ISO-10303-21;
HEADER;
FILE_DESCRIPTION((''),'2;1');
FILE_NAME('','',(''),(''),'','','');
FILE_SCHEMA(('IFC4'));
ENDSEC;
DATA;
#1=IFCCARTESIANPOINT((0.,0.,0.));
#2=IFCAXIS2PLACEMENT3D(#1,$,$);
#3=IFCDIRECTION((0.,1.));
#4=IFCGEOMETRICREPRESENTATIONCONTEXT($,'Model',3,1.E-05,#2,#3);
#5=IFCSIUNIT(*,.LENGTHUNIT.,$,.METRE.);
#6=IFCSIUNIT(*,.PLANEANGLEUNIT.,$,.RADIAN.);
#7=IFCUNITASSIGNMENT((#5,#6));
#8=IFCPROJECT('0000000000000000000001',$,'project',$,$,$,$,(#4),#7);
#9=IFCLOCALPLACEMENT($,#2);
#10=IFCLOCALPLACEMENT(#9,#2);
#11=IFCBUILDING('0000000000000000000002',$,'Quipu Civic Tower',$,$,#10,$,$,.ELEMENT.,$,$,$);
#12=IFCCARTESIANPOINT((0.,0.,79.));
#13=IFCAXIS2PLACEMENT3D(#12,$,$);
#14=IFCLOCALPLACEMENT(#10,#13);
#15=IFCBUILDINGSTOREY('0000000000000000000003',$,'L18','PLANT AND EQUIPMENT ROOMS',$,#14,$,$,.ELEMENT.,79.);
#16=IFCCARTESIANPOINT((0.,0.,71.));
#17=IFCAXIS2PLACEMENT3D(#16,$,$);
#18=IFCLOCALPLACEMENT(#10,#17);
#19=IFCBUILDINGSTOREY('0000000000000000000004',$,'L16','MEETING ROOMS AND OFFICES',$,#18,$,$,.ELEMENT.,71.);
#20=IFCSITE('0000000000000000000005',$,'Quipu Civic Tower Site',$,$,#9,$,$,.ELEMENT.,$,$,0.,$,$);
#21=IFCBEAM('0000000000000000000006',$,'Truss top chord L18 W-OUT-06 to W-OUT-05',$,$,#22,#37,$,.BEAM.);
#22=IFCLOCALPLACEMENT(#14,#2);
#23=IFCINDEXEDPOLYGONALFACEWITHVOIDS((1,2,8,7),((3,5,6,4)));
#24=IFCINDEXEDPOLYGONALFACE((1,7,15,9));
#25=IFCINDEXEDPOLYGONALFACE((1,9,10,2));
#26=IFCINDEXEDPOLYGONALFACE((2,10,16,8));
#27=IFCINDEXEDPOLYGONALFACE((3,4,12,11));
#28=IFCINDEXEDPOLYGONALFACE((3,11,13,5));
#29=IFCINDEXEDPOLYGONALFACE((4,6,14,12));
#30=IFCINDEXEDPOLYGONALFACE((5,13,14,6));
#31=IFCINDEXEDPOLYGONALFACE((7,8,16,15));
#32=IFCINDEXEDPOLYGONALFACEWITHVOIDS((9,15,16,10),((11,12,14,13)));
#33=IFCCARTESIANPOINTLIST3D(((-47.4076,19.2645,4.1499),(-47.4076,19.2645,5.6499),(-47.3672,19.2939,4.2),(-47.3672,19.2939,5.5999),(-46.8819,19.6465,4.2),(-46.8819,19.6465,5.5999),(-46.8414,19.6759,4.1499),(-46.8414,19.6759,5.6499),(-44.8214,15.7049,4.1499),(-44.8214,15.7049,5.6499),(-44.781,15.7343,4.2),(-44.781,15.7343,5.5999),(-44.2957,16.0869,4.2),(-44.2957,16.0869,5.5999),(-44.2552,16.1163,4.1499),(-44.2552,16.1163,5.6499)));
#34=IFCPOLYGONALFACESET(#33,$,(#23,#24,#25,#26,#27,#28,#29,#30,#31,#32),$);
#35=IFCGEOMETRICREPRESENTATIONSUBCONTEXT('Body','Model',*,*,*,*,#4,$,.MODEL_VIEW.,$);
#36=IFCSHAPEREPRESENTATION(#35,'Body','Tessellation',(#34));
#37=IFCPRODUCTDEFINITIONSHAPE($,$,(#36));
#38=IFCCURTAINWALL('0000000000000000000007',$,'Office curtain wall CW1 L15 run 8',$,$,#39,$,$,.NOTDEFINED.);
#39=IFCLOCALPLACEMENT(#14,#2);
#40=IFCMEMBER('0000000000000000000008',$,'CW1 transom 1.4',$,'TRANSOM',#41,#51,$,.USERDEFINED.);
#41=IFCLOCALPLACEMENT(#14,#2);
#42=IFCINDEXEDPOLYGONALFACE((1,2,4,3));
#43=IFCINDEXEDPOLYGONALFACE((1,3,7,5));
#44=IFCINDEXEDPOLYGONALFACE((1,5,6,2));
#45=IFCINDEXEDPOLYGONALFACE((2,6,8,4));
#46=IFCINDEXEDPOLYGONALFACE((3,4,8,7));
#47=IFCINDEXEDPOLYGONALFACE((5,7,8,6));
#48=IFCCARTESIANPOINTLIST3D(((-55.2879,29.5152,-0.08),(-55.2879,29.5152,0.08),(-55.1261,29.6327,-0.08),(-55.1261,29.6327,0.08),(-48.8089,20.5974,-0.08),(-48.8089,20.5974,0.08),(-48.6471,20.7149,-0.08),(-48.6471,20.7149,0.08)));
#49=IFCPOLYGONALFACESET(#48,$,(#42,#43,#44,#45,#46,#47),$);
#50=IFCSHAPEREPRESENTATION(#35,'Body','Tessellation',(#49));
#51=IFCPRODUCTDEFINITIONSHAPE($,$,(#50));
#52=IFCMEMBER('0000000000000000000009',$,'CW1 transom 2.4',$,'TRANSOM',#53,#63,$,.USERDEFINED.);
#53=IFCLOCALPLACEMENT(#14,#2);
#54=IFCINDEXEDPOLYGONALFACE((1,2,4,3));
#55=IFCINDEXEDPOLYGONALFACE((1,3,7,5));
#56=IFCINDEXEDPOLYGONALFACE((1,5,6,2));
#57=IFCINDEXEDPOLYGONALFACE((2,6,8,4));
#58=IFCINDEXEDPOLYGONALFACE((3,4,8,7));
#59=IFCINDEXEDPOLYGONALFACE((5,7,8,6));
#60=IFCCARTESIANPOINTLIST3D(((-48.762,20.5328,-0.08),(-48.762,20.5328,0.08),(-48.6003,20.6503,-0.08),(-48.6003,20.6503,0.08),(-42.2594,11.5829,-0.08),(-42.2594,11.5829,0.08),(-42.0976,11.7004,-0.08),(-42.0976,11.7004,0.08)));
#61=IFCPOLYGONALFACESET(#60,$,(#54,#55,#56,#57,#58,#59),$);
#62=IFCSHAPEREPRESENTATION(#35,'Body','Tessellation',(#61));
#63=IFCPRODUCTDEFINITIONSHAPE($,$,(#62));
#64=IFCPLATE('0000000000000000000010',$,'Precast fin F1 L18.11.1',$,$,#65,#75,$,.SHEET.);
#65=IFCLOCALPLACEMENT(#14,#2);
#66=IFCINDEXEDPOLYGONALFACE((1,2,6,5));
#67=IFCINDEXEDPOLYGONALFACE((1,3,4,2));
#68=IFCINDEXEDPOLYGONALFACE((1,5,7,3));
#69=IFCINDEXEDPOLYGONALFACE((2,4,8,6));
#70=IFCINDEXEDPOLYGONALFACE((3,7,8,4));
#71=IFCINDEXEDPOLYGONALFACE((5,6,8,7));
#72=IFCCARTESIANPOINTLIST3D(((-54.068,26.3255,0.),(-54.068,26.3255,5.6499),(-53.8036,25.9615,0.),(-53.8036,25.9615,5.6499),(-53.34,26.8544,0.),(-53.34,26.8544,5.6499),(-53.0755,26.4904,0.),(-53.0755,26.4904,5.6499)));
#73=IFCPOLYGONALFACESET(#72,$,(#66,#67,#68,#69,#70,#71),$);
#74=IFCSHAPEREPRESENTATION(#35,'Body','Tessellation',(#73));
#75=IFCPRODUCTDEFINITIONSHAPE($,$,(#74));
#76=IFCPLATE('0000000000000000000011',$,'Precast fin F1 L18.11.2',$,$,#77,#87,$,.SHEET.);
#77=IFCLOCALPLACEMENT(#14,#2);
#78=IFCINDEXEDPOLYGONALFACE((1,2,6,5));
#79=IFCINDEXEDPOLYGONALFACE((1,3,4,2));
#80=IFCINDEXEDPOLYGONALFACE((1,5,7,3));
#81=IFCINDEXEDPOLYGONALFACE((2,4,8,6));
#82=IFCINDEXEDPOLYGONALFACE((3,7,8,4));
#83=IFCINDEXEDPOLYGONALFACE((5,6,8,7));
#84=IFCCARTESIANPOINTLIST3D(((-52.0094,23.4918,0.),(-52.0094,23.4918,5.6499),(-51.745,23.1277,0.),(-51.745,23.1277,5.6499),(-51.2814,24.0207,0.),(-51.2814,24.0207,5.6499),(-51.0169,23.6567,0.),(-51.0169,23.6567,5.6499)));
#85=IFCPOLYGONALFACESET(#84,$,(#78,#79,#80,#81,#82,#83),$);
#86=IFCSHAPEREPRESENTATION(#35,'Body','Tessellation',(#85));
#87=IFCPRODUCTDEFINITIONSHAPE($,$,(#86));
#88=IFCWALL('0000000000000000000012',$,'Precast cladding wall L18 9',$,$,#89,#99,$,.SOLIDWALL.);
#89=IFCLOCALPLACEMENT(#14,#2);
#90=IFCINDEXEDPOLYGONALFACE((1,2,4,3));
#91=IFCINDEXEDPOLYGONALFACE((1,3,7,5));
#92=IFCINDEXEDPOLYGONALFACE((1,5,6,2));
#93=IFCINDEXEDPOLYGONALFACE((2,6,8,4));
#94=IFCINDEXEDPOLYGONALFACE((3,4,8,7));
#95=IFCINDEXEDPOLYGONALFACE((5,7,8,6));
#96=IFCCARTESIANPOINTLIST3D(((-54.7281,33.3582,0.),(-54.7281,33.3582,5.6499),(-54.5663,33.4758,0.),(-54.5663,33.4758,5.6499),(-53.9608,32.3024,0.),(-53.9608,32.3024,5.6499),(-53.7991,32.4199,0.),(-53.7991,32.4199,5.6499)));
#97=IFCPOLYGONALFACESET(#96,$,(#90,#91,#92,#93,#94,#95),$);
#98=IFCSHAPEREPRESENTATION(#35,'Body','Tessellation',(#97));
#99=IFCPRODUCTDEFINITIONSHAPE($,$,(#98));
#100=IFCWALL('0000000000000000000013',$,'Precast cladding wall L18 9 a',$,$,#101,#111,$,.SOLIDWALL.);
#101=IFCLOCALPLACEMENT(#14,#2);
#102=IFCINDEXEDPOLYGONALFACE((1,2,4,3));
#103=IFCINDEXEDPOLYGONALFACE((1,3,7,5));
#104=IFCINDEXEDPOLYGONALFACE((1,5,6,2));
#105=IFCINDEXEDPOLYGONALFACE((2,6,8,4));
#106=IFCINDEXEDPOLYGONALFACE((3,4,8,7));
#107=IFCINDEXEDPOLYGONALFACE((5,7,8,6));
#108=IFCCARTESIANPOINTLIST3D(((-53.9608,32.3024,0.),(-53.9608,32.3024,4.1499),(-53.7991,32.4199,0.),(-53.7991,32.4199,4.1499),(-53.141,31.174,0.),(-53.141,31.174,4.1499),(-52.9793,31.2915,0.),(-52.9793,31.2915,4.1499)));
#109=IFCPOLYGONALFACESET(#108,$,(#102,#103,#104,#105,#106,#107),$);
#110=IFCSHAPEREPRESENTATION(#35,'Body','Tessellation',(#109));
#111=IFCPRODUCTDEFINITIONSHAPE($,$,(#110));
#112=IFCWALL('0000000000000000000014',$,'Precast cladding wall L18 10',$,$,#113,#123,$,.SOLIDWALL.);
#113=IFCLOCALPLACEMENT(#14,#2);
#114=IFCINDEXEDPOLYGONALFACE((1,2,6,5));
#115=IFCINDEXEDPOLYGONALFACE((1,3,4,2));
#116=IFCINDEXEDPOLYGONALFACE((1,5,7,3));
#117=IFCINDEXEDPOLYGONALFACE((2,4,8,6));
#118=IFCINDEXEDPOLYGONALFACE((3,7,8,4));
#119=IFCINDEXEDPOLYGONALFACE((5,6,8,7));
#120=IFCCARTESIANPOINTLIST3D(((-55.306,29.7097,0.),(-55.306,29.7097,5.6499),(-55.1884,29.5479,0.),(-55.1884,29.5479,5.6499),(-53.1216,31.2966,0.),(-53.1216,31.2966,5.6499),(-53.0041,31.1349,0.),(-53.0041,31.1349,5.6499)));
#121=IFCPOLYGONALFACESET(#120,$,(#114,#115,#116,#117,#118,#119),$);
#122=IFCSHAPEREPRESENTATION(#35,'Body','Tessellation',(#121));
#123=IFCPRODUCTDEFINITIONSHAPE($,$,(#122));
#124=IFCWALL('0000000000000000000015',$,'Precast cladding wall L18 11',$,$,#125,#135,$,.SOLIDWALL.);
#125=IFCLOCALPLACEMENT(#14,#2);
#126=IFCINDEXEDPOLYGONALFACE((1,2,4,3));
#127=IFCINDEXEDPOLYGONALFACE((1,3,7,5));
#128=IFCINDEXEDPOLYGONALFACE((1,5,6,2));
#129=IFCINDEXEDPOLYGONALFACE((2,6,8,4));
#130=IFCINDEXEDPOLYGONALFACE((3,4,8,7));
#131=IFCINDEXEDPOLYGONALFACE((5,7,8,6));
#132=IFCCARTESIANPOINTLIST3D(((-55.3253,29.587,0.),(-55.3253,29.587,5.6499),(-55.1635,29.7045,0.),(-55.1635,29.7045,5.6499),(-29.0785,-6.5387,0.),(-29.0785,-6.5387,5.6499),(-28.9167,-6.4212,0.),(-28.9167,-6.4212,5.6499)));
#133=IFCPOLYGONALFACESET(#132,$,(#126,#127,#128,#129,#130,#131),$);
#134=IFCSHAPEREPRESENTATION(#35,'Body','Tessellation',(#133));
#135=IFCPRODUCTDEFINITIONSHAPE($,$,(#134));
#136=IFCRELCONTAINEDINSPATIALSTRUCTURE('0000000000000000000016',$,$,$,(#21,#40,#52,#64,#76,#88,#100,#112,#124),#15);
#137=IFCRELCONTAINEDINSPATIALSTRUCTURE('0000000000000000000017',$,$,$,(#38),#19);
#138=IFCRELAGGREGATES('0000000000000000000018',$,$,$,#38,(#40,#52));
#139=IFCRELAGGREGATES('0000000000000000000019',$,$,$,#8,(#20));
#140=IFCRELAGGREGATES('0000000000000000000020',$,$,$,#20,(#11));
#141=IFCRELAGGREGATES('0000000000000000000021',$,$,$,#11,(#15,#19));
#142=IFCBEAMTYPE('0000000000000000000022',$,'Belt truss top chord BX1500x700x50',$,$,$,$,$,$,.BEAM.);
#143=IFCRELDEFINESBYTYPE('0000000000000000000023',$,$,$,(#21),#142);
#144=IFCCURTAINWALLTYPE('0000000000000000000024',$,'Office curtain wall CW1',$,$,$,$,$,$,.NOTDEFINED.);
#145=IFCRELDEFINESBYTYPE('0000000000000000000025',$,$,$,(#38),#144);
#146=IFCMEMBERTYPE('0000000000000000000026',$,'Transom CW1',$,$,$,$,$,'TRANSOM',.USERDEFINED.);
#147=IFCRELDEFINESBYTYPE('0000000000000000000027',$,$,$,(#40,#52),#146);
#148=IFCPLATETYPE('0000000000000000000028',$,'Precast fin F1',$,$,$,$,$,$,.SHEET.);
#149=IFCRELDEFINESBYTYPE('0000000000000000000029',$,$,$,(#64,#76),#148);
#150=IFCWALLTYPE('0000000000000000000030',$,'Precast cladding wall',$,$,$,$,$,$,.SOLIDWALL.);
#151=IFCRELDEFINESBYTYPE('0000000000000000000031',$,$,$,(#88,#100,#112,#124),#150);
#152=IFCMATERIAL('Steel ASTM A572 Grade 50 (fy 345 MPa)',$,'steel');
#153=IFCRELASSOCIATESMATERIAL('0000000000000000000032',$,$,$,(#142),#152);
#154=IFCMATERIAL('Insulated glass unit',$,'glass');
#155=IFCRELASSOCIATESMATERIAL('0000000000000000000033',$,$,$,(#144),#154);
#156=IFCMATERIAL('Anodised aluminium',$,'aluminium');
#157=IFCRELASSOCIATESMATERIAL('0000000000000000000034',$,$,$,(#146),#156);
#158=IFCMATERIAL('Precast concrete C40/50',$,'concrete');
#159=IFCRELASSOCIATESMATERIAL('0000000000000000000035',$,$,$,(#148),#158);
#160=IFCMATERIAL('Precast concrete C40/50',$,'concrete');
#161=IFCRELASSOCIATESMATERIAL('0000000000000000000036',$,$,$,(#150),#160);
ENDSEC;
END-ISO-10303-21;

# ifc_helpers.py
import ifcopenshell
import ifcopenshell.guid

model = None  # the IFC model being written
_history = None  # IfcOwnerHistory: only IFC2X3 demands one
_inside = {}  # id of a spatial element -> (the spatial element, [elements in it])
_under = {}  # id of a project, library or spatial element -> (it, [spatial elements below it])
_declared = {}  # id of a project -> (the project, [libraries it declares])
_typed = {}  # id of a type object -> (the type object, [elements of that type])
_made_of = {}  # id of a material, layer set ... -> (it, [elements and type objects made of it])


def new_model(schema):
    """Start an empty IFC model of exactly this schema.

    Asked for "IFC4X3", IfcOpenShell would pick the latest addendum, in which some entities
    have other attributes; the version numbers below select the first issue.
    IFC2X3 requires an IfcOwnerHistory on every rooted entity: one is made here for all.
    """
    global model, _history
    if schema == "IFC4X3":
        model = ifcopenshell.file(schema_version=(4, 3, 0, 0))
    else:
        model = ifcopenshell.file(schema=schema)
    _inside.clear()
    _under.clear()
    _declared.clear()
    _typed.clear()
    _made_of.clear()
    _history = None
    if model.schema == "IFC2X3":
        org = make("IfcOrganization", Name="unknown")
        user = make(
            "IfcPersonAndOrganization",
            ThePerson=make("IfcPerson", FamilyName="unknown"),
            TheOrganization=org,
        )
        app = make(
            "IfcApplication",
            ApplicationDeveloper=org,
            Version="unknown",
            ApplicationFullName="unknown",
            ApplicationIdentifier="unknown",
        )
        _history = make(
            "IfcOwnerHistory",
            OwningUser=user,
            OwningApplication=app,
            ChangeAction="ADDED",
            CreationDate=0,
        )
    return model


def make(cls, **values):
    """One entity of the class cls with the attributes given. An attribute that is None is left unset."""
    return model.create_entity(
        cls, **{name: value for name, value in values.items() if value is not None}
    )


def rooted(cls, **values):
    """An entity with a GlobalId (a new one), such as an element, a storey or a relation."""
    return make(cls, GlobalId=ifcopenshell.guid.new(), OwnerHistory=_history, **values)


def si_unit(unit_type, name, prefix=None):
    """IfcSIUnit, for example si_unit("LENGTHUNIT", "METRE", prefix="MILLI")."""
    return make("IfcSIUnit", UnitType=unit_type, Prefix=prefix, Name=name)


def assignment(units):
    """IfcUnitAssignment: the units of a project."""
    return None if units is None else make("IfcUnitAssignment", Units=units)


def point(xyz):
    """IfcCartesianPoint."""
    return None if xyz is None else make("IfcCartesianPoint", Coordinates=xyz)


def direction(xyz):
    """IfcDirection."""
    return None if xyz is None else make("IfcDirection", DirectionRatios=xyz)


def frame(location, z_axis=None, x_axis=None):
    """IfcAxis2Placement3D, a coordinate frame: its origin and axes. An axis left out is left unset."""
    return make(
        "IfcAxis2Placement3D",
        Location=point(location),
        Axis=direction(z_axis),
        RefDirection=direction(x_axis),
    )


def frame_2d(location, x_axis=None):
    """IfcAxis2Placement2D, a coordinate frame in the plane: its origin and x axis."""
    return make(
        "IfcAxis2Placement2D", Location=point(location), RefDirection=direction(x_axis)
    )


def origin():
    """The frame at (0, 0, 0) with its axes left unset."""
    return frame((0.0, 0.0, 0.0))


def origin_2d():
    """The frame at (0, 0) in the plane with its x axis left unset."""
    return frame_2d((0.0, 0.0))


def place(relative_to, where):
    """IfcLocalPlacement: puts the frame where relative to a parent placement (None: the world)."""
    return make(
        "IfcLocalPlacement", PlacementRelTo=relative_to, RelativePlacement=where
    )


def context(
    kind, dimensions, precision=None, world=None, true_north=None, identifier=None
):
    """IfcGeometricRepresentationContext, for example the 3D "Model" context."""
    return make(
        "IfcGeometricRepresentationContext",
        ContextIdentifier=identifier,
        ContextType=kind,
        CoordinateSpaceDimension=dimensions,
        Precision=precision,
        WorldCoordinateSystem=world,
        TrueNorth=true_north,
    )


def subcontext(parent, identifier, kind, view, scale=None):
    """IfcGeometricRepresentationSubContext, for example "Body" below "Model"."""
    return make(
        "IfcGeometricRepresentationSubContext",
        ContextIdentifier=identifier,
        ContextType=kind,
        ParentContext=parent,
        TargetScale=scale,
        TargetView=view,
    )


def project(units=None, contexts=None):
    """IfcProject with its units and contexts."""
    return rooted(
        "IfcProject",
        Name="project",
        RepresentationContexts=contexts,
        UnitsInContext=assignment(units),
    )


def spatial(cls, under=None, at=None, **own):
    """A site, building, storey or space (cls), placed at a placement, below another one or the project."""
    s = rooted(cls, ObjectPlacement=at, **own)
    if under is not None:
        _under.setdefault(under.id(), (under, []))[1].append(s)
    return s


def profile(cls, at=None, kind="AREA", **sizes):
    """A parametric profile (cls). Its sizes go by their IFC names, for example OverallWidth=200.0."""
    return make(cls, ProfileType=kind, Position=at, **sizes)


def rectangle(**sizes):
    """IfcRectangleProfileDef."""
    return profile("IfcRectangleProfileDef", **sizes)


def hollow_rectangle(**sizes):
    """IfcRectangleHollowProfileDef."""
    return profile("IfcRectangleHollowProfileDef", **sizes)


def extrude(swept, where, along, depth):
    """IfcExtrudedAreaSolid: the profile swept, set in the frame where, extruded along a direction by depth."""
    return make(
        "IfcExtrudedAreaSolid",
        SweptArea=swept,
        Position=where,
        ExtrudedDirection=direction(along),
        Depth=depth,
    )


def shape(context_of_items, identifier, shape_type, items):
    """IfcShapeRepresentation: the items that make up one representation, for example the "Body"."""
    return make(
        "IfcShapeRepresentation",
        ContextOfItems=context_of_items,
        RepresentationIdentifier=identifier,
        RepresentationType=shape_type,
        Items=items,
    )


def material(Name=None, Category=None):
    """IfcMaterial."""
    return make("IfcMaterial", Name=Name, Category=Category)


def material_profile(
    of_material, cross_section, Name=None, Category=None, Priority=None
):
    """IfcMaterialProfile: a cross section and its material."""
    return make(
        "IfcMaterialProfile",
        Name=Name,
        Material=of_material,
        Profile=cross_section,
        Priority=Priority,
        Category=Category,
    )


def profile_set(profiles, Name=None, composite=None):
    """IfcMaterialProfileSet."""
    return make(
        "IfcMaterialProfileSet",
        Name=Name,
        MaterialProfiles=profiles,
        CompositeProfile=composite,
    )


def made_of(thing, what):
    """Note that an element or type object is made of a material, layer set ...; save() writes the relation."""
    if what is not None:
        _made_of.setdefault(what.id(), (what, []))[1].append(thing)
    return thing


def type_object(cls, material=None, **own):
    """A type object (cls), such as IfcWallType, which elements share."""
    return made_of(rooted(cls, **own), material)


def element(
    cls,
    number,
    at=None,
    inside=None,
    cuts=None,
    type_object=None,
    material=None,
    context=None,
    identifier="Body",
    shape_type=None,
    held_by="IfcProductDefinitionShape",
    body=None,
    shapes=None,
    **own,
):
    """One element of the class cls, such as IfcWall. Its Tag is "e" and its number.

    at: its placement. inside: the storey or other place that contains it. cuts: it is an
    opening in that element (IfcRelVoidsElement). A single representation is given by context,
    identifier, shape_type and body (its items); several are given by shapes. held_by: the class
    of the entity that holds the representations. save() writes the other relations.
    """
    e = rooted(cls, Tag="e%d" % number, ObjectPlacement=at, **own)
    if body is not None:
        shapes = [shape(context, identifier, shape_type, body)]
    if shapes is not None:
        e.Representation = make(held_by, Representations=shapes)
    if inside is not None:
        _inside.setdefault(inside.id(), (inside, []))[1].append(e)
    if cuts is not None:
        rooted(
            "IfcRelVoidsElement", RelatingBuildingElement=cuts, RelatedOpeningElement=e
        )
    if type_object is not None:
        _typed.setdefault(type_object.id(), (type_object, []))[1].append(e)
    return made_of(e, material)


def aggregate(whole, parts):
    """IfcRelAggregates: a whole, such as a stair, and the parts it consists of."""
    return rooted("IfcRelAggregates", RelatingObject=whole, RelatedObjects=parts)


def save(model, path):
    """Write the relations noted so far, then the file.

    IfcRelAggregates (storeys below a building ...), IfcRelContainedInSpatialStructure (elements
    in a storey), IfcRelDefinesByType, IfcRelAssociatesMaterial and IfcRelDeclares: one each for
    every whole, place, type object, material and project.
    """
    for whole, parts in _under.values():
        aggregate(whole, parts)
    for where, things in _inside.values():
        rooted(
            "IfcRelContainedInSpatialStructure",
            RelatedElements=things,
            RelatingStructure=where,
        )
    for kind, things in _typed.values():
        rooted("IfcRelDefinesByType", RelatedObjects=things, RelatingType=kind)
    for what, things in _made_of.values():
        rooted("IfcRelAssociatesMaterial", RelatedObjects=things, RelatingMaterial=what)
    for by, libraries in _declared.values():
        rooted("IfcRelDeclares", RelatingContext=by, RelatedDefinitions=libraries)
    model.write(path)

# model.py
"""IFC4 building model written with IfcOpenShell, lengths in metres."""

from ifc_helpers import new_model, si_unit, direction, frame, frame_2d, origin, origin_2d, place, context, subcontext, project, spatial, rectangle, hollow_rectangle, extrude, material, material_profile, profile_set, type_object, element, aggregate, save


model = new_model("IFC4")

# Units and contexts
model_context = context("Model", 3, precision=1e-05, world=origin(), true_north=direction((0.0, 1.0)))
body_context = subcontext(model_context, "Body", "Model", "MODEL_VIEW")
ifc_project = project(units=[si_unit("LENGTHUNIT", "METRE"), si_unit("PLANEANGLEUNIT", "RADIAN")], contexts=[model_context])

# Site, building, storey
site_placement = place(None, origin())
site = spatial("IfcSite", under=ifc_project, at=site_placement, Name="Quipu Civic Tower Site", CompositionType="ELEMENT", RefElevation=0.0)
building_placement = place(site_placement, origin())
building = spatial("IfcBuilding", under=site, at=building_placement, Name="Quipu Civic Tower", CompositionType="ELEMENT")
storey_1_placement = place(building_placement, frame((0.0, 0.0, 79.0)))
storey_1 = spatial("IfcBuildingStorey", under=building, at=storey_1_placement, Name="L18", Description="PLANT AND EQUIPMENT ROOMS", CompositionType="ELEMENT", Elevation=79.0)

# Beam
ifc_material_1 = material(Name="Steel ASTM A572 Grade 50 (fy 345 MPa)", Category="steel")
ifc_material_profile_1 = material_profile(ifc_material_1, hollow_rectangle(XDim=0.7, YDim=1.5, WallThickness=0.05, at=origin_2d()), Name="BX1500x700x50")
ifc_profile_set_1 = profile_set([ifc_material_profile_1], Name="Steel ASTM A572 Grade 50 (fy 345 MPa)")
beam_type_1 = type_object("IfcBeamType", Name="Belt truss top chord BX1500x700x50", PredefinedType="BEAM", material=ifc_profile_set_1)
beam_1_placement = place(storey_1_placement, frame((-47.1245, 19.4702, 4.8999), z_axis=(0.587786, -0.809017, 0.0), x_axis=(0.809017, 0.587786, 0.0)))
element("IfcBeam", 1, at=beam_1_placement, inside=storey_1, type_object=beam_type_1, Name="Truss top chord L18 W-OUT-06 to W-OUT-05", PredefinedType="BEAM", context=body_context, shape_type="SweptSolid", body=[
    extrude(hollow_rectangle(XDim=0.7, YDim=1.5, WallThickness=0.05, at=origin_2d()), origin(), (0.0, 0.0, 1.0), 4.3999),
])

# Shared definitions
storey_2_placement = place(building_placement, frame((0.0, 0.0, 71.0)))
storey_2 = spatial("IfcBuildingStorey", under=building, at=storey_2_placement, Name="L16", Description="MEETING ROOMS AND OFFICES", CompositionType="ELEMENT", Elevation=71.0)

# Curtain wall, members
ifc_material_2 = material(Name="Insulated glass unit", Category="glass")
curtain_wall_type = type_object("IfcCurtainWallType", Name="Office curtain wall CW1", PredefinedType="NOTDEFINED", material=ifc_material_2)
curtain_wall_placement = place(storey_2_placement, origin())
curtain_wall = element("IfcCurtainWall", 2, at=curtain_wall_placement, inside=storey_2, type_object=curtain_wall_type, Name="Office curtain wall CW1 L15 run 8", PredefinedType="NOTDEFINED")
ifc_material_3 = material(Name="Anodised aluminium", Category="aluminium")
ifc_material_profile_2 = material_profile(ifc_material_3, rectangle(XDim=0.2, YDim=0.1599, at=origin_2d()), Name="RECT 200x160")
ifc_profile_set_2 = profile_set([ifc_material_profile_2], Name="Anodised aluminium")
member_type_1 = type_object("IfcMemberType", Name="Transom CW1", ElementType="TRANSOM", PredefinedType="USERDEFINED", material=ifc_profile_set_2)
member_1_placement = place(storey_1_placement, frame((-55.207, 29.574, 0.0), z_axis=(0.587779, -0.809021, 0.0), x_axis=(0.809021, 0.587779, 0.0)))
member_1 = element("IfcMember", 3, at=member_1_placement, inside=storey_1, type_object=member_type_1, Name="CW1 transom 1.4", ObjectType="TRANSOM", PredefinedType="USERDEFINED", context=body_context, shape_type="SweptSolid", body=[
    extrude(rectangle(XDim=0.2, YDim=0.1599, at=origin_2d()), origin(), (0.0, 0.0, 1.0), 11.0229),
])
member_2_placement = place(storey_1_placement, frame((-48.6812, 20.5916, 0.0), z_axis=(0.587795, -0.80901, 0.0), x_axis=(0.80901, 0.587795, 0.0)))
member_2 = element("IfcMember", 4, at=member_2_placement, inside=storey_1, type_object=member_type_1, Name="CW1 transom 2.4", ObjectType="TRANSOM", PredefinedType="USERDEFINED", context=body_context, shape_type="SweptSolid", body=[
    extrude(rectangle(XDim=0.2, YDim=0.1599, at=origin_2d()), origin(), (0.0, 0.0, 1.0), 11.0627),
])
aggregate(curtain_wall, [member_1, member_2])

# Plates
ifc_material_4 = material(Name="Precast concrete C40/50", Category="concrete")
plate_type = type_object("IfcPlateType", Name="Precast fin F1", PredefinedType="SHEET", material=ifc_material_4)
for number, where, z_axis, x_axis, name in (
    (5, (-53.5718, 26.408, 0.0), (0.0, 0.0, 1.0), (0.587786, -0.809017, 0.0), "Precast fin F1 L18.11.1"),
    (6, (-51.5132, 23.5742, 0.0), (0.0, 0.0, 1.0), (0.587786, -0.809017, 0.0), "Precast fin F1 L18.11.2"),
):
    element("IfcPlate", number, at=place(storey_1_placement, frame(where, z_axis=z_axis, x_axis=x_axis)), inside=storey_1, type_object=plate_type, Name=name, PredefinedType="SHEET", context=body_context, shape_type="SweptSolid", body=[
        extrude(rectangle(XDim=0.45, YDim=0.8999, at=origin_2d()), origin(), (0.0, 0.0, 1.0), 5.6499),
    ])

# Walls
ifc_material_5 = material(Name="Precast concrete C40/50", Category="concrete")
wall_type = type_object("IfcWallType", Name="Precast cladding wall", PredefinedType="SOLIDWALL", material=ifc_material_5)
wall_1_placement = place(storey_1_placement, frame((-54.6472, 33.417, 0.0), z_axis=(0.0, 0.0, 1.0), x_axis=(0.587871, -0.808954, 0.0)))
element("IfcWall", 7, at=wall_1_placement, inside=storey_1, type_object=wall_type, Name="Precast cladding wall L18 9", PredefinedType="SOLIDWALL", context=body_context, shape_type="SweptSolid", body=[
    extrude(rectangle(XDim=1.3052, YDim=0.2, at=frame_2d((0.6526, 0.0))), origin(), (0.0, 0.0, 1.0), 5.6499),
])
wall_2_placement = place(storey_1_placement, frame((-53.8799, 32.3611, 0.0), z_axis=(0.0, 0.0, 1.0), x_axis=(0.587776, -0.809024, 0.0)))
element("IfcWall", 8, at=wall_2_placement, inside=storey_1, type_object=wall_type, Name="Precast cladding wall L18 9 a", PredefinedType="SOLIDWALL", context=body_context, shape_type="SweptSolid", body=[
    extrude(rectangle(XDim=1.3948, YDim=0.2, at=frame_2d((0.6973, 0.0))), origin(), (0.0, 0.0, 1.0), 4.1499),
])
wall_3_placement = place(storey_1_placement, frame((-53.0627, 31.2158, 0.0), z_axis=(0.0, 0.0, 1.0), x_axis=(-0.809033, -0.587763, 0.0)))
element("IfcWall", 9, at=wall_3_placement, inside=storey_1, type_object=wall_type, Name="Precast cladding wall L18 10", PredefinedType="SOLIDWALL", context=body_context, shape_type="SweptSolid", body=[
    extrude(rectangle(XDim=2.7, YDim=0.2, at=frame_2d((1.3501, 0.0))), origin(), (0.0, 0.0, 1.0), 5.6499),
])
wall_4_placement = place(storey_1_placement, frame((-55.2444, 29.6458, 0.0), z_axis=(0.0, 0.0, 1.0), x_axis=(0.587784, -0.809018, 0.0)))
element("IfcWall", 10, at=wall_4_placement, inside=storey_1, type_object=wall_type, Name="Precast cladding wall L18 11", PredefinedType="SOLIDWALL", context=body_context, shape_type="SweptSolid", body=[
    extrude(rectangle(XDim=44.6538, YDim=0.2, at=frame_2d((22.3269, 0.0))), origin(), (0.0, 0.0, 1.0), 5.6499),
])

save(model, "model.ifc")
